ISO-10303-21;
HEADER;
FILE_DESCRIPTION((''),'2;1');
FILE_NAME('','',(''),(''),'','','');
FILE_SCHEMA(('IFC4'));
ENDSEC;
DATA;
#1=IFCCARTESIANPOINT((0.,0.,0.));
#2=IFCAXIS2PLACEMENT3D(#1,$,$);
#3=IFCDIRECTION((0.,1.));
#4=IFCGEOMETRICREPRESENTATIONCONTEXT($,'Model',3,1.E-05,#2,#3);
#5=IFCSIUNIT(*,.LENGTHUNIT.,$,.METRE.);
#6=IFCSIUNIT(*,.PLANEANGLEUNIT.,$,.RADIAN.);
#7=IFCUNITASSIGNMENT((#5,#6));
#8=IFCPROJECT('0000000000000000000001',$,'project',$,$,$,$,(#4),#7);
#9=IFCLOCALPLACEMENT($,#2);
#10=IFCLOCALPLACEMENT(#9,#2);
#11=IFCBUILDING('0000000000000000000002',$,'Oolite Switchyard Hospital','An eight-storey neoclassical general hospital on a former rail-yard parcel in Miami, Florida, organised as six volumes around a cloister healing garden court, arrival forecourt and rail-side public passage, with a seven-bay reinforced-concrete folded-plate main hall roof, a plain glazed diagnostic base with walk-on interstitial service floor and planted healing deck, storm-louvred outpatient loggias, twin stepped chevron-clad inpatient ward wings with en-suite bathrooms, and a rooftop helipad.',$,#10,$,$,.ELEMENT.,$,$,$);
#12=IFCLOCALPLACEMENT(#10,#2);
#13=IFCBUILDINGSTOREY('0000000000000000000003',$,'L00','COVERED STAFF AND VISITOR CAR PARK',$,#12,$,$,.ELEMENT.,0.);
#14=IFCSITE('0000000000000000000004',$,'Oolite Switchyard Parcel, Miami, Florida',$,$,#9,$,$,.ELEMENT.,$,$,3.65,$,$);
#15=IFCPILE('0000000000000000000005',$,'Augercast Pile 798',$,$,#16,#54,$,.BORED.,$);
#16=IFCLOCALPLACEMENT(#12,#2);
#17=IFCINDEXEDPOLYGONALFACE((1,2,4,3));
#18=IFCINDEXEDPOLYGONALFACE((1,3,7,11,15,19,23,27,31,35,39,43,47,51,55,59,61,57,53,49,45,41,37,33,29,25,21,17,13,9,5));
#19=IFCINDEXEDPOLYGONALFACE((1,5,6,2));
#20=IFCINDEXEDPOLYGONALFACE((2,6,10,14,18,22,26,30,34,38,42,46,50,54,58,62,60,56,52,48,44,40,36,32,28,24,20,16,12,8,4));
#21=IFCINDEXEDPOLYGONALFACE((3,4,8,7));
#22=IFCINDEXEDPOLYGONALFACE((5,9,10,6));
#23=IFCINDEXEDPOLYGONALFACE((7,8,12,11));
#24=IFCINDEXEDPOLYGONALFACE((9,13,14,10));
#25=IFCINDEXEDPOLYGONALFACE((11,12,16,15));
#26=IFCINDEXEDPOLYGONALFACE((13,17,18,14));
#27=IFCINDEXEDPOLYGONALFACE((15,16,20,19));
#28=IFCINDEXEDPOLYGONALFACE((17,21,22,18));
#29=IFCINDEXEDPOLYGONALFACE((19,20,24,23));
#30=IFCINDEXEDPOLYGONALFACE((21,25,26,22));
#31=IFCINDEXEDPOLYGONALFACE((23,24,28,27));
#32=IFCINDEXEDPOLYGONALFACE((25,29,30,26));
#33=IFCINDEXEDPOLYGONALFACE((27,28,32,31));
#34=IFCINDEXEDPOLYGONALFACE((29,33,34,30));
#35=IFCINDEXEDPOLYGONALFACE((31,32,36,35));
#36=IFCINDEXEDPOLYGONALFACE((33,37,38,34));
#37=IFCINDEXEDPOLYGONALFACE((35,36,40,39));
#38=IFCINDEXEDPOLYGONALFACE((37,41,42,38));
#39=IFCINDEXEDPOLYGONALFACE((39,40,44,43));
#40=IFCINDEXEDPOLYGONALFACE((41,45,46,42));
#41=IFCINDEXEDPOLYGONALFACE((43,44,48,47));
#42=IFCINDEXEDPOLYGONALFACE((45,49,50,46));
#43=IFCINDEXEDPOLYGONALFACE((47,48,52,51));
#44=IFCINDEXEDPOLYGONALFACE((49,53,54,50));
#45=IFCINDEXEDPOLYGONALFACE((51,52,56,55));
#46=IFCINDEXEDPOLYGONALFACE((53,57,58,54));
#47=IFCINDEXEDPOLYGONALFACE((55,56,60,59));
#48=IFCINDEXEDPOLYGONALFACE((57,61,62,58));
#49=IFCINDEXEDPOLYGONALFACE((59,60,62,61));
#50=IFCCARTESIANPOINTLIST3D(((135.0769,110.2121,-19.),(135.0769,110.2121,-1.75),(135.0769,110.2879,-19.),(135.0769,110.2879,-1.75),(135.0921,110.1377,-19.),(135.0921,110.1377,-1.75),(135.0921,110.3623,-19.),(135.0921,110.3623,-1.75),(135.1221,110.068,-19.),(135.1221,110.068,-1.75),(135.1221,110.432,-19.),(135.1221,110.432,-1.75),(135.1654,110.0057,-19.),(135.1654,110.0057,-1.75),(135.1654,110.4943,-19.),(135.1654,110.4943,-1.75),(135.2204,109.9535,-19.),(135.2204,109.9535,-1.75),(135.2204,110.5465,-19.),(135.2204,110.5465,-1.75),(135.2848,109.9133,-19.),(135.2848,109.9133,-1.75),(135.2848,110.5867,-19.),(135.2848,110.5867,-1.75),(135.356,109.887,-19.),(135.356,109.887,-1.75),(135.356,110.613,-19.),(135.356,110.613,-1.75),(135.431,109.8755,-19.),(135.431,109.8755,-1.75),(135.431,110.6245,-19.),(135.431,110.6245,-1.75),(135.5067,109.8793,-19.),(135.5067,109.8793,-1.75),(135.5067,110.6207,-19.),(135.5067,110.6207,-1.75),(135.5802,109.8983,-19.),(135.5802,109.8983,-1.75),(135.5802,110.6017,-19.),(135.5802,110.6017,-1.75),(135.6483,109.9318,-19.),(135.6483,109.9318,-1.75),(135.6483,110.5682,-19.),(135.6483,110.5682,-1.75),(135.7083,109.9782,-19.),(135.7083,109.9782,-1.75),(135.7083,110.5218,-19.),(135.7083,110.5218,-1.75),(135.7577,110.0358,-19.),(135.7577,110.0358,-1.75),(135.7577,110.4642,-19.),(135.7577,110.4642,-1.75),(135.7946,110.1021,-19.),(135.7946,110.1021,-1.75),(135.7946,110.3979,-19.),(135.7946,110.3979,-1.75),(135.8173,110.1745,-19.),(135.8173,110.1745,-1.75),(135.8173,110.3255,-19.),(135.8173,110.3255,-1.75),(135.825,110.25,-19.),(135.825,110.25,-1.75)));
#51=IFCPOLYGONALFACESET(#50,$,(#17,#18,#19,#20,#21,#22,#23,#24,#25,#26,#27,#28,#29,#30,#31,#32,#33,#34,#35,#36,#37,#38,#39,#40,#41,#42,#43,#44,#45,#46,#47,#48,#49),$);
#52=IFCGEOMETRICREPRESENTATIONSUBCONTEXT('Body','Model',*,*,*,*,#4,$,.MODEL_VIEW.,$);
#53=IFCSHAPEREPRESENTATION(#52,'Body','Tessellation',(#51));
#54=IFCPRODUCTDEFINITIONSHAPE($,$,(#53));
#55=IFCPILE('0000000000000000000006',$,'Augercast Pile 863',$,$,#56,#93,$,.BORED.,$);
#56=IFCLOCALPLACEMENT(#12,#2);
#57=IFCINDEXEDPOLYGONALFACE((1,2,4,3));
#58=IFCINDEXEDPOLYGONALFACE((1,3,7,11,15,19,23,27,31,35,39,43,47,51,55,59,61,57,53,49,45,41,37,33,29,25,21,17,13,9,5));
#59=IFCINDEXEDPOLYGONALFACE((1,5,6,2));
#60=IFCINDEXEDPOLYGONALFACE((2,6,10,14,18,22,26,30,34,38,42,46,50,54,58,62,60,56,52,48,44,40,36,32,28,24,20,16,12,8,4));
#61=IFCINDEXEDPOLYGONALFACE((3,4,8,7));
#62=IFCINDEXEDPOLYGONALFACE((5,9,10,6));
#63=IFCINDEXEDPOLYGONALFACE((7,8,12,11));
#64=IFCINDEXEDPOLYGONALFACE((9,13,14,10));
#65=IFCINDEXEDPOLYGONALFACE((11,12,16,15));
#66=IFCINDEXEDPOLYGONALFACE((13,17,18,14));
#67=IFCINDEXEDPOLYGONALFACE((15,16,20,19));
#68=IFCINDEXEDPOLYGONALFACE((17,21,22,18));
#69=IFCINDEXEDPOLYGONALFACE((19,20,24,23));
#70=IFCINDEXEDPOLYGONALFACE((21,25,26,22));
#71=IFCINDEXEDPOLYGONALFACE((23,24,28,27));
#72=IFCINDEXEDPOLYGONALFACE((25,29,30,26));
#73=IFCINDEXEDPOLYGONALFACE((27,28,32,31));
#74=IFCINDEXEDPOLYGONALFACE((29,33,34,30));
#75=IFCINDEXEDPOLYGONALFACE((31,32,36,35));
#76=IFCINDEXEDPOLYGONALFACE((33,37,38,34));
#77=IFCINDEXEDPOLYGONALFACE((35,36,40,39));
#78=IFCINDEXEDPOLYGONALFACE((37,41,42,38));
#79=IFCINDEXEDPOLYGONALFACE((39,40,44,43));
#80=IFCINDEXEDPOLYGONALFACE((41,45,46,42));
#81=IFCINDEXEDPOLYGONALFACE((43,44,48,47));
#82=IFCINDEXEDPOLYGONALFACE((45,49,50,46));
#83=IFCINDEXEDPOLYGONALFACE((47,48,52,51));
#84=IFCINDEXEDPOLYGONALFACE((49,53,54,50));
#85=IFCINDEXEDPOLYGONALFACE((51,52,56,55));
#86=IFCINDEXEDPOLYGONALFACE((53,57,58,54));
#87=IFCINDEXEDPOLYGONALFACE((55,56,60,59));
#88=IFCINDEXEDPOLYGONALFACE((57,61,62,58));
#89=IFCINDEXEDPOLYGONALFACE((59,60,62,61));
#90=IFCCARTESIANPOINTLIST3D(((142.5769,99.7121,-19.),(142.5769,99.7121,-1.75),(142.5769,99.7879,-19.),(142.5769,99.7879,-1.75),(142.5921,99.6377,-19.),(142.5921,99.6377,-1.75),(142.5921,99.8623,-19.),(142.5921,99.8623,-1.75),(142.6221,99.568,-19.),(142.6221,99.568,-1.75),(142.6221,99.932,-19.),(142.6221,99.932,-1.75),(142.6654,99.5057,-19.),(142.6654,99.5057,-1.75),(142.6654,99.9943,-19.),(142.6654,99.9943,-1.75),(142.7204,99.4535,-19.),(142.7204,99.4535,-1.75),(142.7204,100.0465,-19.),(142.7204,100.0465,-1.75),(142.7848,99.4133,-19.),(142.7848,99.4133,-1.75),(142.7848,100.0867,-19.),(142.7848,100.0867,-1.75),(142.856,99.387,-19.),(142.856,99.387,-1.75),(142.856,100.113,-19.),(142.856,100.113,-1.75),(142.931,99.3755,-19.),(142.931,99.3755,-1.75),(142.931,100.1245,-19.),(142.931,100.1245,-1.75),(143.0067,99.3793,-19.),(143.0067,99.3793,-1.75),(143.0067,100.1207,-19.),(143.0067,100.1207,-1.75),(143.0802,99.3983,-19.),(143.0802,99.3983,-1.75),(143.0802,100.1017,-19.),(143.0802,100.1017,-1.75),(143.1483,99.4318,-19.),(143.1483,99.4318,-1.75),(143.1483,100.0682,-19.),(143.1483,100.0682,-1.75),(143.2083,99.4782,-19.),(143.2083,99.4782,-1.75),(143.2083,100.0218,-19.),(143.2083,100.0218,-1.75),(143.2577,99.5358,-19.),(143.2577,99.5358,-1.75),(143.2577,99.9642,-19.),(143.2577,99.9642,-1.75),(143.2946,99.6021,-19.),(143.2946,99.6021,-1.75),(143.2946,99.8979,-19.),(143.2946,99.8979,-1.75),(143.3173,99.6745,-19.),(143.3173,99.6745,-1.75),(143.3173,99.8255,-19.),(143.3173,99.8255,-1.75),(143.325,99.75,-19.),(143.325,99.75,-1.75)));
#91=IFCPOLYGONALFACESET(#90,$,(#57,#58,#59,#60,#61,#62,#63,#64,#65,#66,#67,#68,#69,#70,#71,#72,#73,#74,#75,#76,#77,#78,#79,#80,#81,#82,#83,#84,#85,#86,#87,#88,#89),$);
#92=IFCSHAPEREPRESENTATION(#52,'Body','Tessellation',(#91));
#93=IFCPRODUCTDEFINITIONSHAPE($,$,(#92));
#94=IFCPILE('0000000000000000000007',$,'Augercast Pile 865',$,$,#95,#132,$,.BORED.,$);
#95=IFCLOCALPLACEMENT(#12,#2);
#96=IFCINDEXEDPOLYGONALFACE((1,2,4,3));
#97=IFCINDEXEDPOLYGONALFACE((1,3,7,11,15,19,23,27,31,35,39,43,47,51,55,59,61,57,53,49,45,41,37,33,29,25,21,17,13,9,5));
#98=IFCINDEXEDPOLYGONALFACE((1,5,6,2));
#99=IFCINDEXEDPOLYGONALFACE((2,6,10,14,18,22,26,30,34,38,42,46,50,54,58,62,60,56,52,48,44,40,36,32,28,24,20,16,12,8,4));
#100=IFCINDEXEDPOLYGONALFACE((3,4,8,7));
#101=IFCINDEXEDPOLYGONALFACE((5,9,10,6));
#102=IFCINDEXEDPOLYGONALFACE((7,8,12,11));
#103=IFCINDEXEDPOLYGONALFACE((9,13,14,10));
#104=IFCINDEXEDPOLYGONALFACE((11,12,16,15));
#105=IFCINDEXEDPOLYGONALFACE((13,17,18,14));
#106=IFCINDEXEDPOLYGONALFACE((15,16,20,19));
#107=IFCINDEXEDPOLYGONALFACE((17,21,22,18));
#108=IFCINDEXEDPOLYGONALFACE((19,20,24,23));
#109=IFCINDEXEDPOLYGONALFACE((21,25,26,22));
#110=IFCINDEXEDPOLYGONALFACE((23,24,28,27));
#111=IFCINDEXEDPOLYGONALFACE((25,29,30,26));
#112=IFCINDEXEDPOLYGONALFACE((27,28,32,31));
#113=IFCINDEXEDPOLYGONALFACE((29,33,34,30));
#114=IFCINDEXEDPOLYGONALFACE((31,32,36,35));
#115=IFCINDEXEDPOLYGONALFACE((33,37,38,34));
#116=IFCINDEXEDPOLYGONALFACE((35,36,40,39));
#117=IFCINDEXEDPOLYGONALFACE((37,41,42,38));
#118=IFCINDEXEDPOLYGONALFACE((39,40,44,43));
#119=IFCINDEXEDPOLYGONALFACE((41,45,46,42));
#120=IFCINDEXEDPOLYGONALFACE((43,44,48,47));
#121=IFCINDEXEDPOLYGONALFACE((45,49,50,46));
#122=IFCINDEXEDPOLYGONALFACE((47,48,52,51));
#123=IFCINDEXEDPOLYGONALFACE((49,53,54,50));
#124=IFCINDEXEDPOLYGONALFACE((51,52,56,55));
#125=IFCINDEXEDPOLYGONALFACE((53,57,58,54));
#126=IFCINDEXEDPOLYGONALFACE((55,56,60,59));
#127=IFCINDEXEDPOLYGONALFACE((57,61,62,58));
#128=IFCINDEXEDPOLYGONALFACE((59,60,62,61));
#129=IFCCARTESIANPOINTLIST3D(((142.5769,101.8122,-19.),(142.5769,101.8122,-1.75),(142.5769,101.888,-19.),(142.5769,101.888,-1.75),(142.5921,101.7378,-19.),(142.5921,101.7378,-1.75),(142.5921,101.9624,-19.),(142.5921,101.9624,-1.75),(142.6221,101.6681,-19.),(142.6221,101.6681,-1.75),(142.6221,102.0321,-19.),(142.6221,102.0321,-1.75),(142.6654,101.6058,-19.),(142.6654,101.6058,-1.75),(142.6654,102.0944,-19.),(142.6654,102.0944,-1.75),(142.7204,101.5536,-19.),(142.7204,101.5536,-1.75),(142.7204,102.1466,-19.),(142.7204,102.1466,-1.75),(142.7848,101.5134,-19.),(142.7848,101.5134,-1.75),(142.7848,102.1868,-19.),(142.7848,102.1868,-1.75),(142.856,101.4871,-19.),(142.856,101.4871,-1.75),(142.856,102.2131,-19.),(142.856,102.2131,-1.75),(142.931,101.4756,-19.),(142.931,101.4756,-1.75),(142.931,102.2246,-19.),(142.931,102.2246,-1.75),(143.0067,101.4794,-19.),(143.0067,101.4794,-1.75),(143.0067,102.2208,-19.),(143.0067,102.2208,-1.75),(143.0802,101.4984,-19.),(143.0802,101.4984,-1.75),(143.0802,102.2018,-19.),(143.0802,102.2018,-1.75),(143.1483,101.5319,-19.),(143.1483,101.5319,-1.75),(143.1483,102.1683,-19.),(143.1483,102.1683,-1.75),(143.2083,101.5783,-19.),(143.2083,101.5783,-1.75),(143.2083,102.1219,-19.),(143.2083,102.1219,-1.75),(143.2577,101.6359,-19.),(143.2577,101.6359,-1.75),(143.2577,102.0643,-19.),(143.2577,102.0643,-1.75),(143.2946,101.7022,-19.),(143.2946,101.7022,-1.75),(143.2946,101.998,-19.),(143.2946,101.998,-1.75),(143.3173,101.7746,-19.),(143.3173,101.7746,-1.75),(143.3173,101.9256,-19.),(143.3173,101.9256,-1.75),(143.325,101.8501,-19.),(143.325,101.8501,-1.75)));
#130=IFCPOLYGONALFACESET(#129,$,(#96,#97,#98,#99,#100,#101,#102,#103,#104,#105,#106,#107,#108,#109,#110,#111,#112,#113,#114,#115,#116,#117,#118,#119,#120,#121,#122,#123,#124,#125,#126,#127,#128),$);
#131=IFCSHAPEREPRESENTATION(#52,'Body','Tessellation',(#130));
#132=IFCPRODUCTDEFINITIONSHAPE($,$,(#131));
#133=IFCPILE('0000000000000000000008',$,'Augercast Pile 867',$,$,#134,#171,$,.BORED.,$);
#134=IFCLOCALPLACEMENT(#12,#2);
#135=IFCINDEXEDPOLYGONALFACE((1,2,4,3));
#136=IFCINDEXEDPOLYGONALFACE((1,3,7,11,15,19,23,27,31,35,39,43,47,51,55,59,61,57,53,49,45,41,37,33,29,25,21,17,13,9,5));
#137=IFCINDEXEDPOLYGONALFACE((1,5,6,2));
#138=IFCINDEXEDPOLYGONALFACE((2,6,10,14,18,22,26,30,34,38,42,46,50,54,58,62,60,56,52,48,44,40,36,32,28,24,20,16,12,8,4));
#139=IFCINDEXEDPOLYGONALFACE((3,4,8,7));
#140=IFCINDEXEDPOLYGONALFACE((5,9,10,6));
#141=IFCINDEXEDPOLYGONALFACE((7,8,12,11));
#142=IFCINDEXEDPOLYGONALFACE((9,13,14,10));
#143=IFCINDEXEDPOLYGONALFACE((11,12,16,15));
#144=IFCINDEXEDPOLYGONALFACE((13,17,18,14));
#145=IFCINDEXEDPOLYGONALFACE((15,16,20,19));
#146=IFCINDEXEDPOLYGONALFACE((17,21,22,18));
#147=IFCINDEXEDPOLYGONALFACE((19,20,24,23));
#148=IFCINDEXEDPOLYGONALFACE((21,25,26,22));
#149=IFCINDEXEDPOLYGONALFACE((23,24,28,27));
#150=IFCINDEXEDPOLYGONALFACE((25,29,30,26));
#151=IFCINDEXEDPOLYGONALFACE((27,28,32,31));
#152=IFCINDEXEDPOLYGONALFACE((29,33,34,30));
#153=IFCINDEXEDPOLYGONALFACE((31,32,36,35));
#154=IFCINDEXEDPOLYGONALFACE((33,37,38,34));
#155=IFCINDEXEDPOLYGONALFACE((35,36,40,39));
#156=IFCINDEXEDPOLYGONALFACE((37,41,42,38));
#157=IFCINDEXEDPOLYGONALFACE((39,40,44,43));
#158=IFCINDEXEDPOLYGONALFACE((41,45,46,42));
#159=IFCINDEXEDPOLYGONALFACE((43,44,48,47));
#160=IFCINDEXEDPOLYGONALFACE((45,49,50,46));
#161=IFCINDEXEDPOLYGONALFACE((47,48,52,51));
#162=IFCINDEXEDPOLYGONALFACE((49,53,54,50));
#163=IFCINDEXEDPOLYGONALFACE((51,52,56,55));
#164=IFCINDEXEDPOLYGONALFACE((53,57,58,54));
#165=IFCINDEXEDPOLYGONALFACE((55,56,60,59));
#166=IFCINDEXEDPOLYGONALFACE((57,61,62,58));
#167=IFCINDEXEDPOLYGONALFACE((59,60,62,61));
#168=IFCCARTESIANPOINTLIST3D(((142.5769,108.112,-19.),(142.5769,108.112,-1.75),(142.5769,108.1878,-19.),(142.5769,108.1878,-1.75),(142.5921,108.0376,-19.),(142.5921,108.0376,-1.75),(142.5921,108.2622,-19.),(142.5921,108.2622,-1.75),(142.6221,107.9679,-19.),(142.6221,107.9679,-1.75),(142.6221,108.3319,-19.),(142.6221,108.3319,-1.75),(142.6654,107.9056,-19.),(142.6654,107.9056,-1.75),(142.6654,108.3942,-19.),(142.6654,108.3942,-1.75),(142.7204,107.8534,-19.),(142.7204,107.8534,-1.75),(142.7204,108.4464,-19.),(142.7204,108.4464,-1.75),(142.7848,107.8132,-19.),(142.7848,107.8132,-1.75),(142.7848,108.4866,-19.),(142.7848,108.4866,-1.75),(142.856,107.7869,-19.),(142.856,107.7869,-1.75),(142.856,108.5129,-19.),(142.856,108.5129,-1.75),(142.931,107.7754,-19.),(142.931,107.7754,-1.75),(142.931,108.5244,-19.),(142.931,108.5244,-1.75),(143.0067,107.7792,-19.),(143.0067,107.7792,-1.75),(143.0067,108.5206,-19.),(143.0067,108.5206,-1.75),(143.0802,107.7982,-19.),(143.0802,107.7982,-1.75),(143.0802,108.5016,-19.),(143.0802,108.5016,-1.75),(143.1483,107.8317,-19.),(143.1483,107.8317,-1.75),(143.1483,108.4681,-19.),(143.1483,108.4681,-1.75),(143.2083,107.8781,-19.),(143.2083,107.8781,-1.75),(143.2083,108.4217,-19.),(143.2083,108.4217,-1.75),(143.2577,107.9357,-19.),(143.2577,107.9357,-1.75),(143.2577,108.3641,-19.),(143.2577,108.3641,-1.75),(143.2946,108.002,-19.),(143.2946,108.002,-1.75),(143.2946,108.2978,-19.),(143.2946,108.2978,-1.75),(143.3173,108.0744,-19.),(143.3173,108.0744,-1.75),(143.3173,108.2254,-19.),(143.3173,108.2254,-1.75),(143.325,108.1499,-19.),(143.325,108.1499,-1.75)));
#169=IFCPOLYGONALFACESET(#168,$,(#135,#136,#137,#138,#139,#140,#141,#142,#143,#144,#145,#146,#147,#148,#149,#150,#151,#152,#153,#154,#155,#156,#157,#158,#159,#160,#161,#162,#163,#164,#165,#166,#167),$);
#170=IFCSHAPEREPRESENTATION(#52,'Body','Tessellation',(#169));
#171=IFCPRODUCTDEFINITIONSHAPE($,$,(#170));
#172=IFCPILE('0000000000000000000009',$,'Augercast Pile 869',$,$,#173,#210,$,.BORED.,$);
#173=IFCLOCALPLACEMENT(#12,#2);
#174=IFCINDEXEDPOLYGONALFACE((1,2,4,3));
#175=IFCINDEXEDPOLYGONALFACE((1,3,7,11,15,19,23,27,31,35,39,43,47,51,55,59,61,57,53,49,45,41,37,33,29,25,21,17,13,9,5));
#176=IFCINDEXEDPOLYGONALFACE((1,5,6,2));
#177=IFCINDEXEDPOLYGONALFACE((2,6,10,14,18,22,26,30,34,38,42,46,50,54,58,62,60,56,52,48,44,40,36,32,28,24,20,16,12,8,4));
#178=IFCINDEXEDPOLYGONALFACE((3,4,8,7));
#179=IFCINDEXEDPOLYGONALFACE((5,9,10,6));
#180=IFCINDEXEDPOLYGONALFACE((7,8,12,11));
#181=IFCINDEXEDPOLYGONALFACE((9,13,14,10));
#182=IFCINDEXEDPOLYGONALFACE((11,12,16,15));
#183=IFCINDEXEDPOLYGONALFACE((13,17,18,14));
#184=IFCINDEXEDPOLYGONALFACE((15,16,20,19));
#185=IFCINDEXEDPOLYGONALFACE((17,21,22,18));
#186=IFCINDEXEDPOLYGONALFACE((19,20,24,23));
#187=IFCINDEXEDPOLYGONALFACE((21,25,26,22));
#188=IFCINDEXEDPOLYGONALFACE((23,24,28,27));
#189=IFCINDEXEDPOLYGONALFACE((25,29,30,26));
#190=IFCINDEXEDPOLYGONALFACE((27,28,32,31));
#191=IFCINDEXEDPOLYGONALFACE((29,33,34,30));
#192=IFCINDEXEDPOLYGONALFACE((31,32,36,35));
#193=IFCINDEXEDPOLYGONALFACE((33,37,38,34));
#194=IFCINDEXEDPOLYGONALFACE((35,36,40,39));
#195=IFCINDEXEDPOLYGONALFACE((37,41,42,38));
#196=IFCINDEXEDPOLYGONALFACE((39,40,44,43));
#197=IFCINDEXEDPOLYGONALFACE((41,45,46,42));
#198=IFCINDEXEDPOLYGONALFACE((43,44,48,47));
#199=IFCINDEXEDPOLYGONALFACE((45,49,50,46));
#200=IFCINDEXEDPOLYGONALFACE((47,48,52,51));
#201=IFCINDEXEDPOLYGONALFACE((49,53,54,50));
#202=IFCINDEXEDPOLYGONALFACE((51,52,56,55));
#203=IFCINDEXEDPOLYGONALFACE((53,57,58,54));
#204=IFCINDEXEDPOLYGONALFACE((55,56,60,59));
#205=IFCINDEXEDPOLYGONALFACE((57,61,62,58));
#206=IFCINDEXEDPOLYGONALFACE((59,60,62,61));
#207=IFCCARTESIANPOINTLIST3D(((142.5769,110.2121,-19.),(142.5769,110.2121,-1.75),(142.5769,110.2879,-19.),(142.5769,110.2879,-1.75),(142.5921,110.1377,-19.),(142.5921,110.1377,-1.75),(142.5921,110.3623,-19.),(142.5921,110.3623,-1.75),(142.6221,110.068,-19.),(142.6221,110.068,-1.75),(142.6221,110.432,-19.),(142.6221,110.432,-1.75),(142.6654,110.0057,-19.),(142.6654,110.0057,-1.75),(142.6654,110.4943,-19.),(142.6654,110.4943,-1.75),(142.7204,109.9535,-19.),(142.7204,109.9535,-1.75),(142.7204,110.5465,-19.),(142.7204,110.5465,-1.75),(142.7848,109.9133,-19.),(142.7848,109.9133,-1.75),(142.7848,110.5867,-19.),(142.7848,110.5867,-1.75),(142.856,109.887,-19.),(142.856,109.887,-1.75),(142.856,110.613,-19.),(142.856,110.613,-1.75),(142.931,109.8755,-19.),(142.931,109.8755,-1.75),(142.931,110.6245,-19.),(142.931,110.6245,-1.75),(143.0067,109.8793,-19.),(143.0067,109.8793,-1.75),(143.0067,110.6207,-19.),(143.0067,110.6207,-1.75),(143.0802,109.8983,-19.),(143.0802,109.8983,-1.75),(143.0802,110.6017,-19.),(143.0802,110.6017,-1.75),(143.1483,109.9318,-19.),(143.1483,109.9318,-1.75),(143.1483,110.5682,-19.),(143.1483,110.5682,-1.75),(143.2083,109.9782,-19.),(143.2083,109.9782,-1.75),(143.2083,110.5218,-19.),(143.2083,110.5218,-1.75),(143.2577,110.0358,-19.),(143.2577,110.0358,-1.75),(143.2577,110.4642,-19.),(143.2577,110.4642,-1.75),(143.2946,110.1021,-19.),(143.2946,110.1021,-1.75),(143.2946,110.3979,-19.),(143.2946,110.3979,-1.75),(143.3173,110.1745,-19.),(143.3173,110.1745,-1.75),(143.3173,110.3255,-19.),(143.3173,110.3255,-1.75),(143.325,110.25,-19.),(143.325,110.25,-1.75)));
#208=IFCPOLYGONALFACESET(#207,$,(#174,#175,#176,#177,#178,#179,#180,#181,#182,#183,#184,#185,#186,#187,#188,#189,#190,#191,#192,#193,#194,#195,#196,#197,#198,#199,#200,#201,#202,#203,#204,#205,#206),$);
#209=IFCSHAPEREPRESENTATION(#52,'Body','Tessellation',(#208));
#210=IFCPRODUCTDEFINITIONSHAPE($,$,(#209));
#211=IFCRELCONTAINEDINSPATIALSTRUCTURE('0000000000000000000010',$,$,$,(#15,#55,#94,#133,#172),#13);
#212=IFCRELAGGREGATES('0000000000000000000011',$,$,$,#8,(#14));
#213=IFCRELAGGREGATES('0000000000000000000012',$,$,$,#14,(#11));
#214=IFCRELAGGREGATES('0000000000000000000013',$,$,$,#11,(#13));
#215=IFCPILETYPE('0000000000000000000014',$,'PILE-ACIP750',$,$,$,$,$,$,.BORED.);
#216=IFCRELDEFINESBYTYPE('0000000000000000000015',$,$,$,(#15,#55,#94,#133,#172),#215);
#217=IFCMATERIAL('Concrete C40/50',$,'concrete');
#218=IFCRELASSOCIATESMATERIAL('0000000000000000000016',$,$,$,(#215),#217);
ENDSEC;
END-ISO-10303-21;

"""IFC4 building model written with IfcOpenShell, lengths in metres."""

from ifc_helpers import new_model, si_unit, direction, frame, origin, origin_2d, place, context, subcontext, project, spatial, circle, extrude, material, material_profile, profile_set, type_object, element, save


model = new_model("IFC4")

# Units and contexts
model_context = context("Model", 3, precision=1e-05, world=origin(), true_north=direction((0.0, 1.0)))
body_context = subcontext(model_context, "Body", "Model", "MODEL_VIEW")
ifc_project = project(units=[si_unit("LENGTHUNIT", "METRE"), si_unit("PLANEANGLEUNIT", "RADIAN")], contexts=[model_context])

# Site, building, storey
site_placement = place(None, origin())
site = spatial("IfcSite", under=ifc_project, at=site_placement, Name="Oolite Switchyard Parcel, Miami, Florida", CompositionType="ELEMENT", RefElevation=3.65)
building_placement = place(site_placement, origin())
building = spatial("IfcBuilding", under=site, at=building_placement, Name="Oolite Switchyard Hospital", Description="An eight-storey neoclassical general hospital on a former rail-yard parcel in Miami, Florida, organised as six volumes around a cloister healing garden court, arrival forecourt and rail-side public passage, with a seven-bay reinforced-concrete folded-plate main hall roof, a plain glazed diagnostic base with walk-on interstitial service floor and planted healing deck, storm-louvred outpatient loggias, twin stepped chevron-clad inpatient ward wings with en-suite bathrooms, and a rooftop helipad.", CompositionType="ELEMENT")
storey_placement = place(building_placement, origin())
storey = spatial("IfcBuildingStorey", under=building, at=storey_placement, Name="L00", Description="COVERED STAFF AND VISITOR CAR PARK", CompositionType="ELEMENT", Elevation=0.0)

# Shared definitions
ifc_material_1 = material(Name="Concrete C40/50", Category="concrete")

# Piles
ifc_material_profile_1 = material_profile(ifc_material_1, circle(Radius=0.375, at=origin_2d()), Name="PILE750")
ifc_profile_set_1 = profile_set([ifc_material_profile_1], Name="Concrete C40/50")
pile_type = type_object("IfcPileType", Name="PILE-ACIP750", PredefinedType="BORED", material=ifc_profile_set_1)
for number, where, z_axis, x_axis, name in (
    (1, (135.45, 110.25, -1.75), (0.0, 0.0, -1.0), (1.0, 0.0, 0.0), "Augercast Pile 798"),
    (2, (142.95, 99.75, -1.75), (0.0, 0.0, -1.0), (1.0, 0.0, 0.0), "Augercast Pile 863"),
    (3, (142.95, 101.8501, -1.75), (0.0, 0.0, -1.0), (1.0, 0.0, 0.0), "Augercast Pile 865"),
    (4, (142.95, 108.1499, -1.75), (0.0, 0.0, -1.0), (1.0, 0.0, 0.0), "Augercast Pile 867"),
    (5, (142.95, 110.25, -1.75), (0.0, 0.0, -1.0), (1.0, 0.0, 0.0), "Augercast Pile 869"),
):
    element("IfcPile", number, at=place(storey_placement, frame(where, z_axis=z_axis, x_axis=x_axis)), inside=storey, type_object=pile_type, Name=name, PredefinedType="BORED", context=body_context, shape_type="SweptSolid", body=[
        extrude(circle(Radius=0.375, at=origin_2d()), origin(), (0.0, 0.0, 1.0), 17.25),
    ])

save(model, "model.ifc")
